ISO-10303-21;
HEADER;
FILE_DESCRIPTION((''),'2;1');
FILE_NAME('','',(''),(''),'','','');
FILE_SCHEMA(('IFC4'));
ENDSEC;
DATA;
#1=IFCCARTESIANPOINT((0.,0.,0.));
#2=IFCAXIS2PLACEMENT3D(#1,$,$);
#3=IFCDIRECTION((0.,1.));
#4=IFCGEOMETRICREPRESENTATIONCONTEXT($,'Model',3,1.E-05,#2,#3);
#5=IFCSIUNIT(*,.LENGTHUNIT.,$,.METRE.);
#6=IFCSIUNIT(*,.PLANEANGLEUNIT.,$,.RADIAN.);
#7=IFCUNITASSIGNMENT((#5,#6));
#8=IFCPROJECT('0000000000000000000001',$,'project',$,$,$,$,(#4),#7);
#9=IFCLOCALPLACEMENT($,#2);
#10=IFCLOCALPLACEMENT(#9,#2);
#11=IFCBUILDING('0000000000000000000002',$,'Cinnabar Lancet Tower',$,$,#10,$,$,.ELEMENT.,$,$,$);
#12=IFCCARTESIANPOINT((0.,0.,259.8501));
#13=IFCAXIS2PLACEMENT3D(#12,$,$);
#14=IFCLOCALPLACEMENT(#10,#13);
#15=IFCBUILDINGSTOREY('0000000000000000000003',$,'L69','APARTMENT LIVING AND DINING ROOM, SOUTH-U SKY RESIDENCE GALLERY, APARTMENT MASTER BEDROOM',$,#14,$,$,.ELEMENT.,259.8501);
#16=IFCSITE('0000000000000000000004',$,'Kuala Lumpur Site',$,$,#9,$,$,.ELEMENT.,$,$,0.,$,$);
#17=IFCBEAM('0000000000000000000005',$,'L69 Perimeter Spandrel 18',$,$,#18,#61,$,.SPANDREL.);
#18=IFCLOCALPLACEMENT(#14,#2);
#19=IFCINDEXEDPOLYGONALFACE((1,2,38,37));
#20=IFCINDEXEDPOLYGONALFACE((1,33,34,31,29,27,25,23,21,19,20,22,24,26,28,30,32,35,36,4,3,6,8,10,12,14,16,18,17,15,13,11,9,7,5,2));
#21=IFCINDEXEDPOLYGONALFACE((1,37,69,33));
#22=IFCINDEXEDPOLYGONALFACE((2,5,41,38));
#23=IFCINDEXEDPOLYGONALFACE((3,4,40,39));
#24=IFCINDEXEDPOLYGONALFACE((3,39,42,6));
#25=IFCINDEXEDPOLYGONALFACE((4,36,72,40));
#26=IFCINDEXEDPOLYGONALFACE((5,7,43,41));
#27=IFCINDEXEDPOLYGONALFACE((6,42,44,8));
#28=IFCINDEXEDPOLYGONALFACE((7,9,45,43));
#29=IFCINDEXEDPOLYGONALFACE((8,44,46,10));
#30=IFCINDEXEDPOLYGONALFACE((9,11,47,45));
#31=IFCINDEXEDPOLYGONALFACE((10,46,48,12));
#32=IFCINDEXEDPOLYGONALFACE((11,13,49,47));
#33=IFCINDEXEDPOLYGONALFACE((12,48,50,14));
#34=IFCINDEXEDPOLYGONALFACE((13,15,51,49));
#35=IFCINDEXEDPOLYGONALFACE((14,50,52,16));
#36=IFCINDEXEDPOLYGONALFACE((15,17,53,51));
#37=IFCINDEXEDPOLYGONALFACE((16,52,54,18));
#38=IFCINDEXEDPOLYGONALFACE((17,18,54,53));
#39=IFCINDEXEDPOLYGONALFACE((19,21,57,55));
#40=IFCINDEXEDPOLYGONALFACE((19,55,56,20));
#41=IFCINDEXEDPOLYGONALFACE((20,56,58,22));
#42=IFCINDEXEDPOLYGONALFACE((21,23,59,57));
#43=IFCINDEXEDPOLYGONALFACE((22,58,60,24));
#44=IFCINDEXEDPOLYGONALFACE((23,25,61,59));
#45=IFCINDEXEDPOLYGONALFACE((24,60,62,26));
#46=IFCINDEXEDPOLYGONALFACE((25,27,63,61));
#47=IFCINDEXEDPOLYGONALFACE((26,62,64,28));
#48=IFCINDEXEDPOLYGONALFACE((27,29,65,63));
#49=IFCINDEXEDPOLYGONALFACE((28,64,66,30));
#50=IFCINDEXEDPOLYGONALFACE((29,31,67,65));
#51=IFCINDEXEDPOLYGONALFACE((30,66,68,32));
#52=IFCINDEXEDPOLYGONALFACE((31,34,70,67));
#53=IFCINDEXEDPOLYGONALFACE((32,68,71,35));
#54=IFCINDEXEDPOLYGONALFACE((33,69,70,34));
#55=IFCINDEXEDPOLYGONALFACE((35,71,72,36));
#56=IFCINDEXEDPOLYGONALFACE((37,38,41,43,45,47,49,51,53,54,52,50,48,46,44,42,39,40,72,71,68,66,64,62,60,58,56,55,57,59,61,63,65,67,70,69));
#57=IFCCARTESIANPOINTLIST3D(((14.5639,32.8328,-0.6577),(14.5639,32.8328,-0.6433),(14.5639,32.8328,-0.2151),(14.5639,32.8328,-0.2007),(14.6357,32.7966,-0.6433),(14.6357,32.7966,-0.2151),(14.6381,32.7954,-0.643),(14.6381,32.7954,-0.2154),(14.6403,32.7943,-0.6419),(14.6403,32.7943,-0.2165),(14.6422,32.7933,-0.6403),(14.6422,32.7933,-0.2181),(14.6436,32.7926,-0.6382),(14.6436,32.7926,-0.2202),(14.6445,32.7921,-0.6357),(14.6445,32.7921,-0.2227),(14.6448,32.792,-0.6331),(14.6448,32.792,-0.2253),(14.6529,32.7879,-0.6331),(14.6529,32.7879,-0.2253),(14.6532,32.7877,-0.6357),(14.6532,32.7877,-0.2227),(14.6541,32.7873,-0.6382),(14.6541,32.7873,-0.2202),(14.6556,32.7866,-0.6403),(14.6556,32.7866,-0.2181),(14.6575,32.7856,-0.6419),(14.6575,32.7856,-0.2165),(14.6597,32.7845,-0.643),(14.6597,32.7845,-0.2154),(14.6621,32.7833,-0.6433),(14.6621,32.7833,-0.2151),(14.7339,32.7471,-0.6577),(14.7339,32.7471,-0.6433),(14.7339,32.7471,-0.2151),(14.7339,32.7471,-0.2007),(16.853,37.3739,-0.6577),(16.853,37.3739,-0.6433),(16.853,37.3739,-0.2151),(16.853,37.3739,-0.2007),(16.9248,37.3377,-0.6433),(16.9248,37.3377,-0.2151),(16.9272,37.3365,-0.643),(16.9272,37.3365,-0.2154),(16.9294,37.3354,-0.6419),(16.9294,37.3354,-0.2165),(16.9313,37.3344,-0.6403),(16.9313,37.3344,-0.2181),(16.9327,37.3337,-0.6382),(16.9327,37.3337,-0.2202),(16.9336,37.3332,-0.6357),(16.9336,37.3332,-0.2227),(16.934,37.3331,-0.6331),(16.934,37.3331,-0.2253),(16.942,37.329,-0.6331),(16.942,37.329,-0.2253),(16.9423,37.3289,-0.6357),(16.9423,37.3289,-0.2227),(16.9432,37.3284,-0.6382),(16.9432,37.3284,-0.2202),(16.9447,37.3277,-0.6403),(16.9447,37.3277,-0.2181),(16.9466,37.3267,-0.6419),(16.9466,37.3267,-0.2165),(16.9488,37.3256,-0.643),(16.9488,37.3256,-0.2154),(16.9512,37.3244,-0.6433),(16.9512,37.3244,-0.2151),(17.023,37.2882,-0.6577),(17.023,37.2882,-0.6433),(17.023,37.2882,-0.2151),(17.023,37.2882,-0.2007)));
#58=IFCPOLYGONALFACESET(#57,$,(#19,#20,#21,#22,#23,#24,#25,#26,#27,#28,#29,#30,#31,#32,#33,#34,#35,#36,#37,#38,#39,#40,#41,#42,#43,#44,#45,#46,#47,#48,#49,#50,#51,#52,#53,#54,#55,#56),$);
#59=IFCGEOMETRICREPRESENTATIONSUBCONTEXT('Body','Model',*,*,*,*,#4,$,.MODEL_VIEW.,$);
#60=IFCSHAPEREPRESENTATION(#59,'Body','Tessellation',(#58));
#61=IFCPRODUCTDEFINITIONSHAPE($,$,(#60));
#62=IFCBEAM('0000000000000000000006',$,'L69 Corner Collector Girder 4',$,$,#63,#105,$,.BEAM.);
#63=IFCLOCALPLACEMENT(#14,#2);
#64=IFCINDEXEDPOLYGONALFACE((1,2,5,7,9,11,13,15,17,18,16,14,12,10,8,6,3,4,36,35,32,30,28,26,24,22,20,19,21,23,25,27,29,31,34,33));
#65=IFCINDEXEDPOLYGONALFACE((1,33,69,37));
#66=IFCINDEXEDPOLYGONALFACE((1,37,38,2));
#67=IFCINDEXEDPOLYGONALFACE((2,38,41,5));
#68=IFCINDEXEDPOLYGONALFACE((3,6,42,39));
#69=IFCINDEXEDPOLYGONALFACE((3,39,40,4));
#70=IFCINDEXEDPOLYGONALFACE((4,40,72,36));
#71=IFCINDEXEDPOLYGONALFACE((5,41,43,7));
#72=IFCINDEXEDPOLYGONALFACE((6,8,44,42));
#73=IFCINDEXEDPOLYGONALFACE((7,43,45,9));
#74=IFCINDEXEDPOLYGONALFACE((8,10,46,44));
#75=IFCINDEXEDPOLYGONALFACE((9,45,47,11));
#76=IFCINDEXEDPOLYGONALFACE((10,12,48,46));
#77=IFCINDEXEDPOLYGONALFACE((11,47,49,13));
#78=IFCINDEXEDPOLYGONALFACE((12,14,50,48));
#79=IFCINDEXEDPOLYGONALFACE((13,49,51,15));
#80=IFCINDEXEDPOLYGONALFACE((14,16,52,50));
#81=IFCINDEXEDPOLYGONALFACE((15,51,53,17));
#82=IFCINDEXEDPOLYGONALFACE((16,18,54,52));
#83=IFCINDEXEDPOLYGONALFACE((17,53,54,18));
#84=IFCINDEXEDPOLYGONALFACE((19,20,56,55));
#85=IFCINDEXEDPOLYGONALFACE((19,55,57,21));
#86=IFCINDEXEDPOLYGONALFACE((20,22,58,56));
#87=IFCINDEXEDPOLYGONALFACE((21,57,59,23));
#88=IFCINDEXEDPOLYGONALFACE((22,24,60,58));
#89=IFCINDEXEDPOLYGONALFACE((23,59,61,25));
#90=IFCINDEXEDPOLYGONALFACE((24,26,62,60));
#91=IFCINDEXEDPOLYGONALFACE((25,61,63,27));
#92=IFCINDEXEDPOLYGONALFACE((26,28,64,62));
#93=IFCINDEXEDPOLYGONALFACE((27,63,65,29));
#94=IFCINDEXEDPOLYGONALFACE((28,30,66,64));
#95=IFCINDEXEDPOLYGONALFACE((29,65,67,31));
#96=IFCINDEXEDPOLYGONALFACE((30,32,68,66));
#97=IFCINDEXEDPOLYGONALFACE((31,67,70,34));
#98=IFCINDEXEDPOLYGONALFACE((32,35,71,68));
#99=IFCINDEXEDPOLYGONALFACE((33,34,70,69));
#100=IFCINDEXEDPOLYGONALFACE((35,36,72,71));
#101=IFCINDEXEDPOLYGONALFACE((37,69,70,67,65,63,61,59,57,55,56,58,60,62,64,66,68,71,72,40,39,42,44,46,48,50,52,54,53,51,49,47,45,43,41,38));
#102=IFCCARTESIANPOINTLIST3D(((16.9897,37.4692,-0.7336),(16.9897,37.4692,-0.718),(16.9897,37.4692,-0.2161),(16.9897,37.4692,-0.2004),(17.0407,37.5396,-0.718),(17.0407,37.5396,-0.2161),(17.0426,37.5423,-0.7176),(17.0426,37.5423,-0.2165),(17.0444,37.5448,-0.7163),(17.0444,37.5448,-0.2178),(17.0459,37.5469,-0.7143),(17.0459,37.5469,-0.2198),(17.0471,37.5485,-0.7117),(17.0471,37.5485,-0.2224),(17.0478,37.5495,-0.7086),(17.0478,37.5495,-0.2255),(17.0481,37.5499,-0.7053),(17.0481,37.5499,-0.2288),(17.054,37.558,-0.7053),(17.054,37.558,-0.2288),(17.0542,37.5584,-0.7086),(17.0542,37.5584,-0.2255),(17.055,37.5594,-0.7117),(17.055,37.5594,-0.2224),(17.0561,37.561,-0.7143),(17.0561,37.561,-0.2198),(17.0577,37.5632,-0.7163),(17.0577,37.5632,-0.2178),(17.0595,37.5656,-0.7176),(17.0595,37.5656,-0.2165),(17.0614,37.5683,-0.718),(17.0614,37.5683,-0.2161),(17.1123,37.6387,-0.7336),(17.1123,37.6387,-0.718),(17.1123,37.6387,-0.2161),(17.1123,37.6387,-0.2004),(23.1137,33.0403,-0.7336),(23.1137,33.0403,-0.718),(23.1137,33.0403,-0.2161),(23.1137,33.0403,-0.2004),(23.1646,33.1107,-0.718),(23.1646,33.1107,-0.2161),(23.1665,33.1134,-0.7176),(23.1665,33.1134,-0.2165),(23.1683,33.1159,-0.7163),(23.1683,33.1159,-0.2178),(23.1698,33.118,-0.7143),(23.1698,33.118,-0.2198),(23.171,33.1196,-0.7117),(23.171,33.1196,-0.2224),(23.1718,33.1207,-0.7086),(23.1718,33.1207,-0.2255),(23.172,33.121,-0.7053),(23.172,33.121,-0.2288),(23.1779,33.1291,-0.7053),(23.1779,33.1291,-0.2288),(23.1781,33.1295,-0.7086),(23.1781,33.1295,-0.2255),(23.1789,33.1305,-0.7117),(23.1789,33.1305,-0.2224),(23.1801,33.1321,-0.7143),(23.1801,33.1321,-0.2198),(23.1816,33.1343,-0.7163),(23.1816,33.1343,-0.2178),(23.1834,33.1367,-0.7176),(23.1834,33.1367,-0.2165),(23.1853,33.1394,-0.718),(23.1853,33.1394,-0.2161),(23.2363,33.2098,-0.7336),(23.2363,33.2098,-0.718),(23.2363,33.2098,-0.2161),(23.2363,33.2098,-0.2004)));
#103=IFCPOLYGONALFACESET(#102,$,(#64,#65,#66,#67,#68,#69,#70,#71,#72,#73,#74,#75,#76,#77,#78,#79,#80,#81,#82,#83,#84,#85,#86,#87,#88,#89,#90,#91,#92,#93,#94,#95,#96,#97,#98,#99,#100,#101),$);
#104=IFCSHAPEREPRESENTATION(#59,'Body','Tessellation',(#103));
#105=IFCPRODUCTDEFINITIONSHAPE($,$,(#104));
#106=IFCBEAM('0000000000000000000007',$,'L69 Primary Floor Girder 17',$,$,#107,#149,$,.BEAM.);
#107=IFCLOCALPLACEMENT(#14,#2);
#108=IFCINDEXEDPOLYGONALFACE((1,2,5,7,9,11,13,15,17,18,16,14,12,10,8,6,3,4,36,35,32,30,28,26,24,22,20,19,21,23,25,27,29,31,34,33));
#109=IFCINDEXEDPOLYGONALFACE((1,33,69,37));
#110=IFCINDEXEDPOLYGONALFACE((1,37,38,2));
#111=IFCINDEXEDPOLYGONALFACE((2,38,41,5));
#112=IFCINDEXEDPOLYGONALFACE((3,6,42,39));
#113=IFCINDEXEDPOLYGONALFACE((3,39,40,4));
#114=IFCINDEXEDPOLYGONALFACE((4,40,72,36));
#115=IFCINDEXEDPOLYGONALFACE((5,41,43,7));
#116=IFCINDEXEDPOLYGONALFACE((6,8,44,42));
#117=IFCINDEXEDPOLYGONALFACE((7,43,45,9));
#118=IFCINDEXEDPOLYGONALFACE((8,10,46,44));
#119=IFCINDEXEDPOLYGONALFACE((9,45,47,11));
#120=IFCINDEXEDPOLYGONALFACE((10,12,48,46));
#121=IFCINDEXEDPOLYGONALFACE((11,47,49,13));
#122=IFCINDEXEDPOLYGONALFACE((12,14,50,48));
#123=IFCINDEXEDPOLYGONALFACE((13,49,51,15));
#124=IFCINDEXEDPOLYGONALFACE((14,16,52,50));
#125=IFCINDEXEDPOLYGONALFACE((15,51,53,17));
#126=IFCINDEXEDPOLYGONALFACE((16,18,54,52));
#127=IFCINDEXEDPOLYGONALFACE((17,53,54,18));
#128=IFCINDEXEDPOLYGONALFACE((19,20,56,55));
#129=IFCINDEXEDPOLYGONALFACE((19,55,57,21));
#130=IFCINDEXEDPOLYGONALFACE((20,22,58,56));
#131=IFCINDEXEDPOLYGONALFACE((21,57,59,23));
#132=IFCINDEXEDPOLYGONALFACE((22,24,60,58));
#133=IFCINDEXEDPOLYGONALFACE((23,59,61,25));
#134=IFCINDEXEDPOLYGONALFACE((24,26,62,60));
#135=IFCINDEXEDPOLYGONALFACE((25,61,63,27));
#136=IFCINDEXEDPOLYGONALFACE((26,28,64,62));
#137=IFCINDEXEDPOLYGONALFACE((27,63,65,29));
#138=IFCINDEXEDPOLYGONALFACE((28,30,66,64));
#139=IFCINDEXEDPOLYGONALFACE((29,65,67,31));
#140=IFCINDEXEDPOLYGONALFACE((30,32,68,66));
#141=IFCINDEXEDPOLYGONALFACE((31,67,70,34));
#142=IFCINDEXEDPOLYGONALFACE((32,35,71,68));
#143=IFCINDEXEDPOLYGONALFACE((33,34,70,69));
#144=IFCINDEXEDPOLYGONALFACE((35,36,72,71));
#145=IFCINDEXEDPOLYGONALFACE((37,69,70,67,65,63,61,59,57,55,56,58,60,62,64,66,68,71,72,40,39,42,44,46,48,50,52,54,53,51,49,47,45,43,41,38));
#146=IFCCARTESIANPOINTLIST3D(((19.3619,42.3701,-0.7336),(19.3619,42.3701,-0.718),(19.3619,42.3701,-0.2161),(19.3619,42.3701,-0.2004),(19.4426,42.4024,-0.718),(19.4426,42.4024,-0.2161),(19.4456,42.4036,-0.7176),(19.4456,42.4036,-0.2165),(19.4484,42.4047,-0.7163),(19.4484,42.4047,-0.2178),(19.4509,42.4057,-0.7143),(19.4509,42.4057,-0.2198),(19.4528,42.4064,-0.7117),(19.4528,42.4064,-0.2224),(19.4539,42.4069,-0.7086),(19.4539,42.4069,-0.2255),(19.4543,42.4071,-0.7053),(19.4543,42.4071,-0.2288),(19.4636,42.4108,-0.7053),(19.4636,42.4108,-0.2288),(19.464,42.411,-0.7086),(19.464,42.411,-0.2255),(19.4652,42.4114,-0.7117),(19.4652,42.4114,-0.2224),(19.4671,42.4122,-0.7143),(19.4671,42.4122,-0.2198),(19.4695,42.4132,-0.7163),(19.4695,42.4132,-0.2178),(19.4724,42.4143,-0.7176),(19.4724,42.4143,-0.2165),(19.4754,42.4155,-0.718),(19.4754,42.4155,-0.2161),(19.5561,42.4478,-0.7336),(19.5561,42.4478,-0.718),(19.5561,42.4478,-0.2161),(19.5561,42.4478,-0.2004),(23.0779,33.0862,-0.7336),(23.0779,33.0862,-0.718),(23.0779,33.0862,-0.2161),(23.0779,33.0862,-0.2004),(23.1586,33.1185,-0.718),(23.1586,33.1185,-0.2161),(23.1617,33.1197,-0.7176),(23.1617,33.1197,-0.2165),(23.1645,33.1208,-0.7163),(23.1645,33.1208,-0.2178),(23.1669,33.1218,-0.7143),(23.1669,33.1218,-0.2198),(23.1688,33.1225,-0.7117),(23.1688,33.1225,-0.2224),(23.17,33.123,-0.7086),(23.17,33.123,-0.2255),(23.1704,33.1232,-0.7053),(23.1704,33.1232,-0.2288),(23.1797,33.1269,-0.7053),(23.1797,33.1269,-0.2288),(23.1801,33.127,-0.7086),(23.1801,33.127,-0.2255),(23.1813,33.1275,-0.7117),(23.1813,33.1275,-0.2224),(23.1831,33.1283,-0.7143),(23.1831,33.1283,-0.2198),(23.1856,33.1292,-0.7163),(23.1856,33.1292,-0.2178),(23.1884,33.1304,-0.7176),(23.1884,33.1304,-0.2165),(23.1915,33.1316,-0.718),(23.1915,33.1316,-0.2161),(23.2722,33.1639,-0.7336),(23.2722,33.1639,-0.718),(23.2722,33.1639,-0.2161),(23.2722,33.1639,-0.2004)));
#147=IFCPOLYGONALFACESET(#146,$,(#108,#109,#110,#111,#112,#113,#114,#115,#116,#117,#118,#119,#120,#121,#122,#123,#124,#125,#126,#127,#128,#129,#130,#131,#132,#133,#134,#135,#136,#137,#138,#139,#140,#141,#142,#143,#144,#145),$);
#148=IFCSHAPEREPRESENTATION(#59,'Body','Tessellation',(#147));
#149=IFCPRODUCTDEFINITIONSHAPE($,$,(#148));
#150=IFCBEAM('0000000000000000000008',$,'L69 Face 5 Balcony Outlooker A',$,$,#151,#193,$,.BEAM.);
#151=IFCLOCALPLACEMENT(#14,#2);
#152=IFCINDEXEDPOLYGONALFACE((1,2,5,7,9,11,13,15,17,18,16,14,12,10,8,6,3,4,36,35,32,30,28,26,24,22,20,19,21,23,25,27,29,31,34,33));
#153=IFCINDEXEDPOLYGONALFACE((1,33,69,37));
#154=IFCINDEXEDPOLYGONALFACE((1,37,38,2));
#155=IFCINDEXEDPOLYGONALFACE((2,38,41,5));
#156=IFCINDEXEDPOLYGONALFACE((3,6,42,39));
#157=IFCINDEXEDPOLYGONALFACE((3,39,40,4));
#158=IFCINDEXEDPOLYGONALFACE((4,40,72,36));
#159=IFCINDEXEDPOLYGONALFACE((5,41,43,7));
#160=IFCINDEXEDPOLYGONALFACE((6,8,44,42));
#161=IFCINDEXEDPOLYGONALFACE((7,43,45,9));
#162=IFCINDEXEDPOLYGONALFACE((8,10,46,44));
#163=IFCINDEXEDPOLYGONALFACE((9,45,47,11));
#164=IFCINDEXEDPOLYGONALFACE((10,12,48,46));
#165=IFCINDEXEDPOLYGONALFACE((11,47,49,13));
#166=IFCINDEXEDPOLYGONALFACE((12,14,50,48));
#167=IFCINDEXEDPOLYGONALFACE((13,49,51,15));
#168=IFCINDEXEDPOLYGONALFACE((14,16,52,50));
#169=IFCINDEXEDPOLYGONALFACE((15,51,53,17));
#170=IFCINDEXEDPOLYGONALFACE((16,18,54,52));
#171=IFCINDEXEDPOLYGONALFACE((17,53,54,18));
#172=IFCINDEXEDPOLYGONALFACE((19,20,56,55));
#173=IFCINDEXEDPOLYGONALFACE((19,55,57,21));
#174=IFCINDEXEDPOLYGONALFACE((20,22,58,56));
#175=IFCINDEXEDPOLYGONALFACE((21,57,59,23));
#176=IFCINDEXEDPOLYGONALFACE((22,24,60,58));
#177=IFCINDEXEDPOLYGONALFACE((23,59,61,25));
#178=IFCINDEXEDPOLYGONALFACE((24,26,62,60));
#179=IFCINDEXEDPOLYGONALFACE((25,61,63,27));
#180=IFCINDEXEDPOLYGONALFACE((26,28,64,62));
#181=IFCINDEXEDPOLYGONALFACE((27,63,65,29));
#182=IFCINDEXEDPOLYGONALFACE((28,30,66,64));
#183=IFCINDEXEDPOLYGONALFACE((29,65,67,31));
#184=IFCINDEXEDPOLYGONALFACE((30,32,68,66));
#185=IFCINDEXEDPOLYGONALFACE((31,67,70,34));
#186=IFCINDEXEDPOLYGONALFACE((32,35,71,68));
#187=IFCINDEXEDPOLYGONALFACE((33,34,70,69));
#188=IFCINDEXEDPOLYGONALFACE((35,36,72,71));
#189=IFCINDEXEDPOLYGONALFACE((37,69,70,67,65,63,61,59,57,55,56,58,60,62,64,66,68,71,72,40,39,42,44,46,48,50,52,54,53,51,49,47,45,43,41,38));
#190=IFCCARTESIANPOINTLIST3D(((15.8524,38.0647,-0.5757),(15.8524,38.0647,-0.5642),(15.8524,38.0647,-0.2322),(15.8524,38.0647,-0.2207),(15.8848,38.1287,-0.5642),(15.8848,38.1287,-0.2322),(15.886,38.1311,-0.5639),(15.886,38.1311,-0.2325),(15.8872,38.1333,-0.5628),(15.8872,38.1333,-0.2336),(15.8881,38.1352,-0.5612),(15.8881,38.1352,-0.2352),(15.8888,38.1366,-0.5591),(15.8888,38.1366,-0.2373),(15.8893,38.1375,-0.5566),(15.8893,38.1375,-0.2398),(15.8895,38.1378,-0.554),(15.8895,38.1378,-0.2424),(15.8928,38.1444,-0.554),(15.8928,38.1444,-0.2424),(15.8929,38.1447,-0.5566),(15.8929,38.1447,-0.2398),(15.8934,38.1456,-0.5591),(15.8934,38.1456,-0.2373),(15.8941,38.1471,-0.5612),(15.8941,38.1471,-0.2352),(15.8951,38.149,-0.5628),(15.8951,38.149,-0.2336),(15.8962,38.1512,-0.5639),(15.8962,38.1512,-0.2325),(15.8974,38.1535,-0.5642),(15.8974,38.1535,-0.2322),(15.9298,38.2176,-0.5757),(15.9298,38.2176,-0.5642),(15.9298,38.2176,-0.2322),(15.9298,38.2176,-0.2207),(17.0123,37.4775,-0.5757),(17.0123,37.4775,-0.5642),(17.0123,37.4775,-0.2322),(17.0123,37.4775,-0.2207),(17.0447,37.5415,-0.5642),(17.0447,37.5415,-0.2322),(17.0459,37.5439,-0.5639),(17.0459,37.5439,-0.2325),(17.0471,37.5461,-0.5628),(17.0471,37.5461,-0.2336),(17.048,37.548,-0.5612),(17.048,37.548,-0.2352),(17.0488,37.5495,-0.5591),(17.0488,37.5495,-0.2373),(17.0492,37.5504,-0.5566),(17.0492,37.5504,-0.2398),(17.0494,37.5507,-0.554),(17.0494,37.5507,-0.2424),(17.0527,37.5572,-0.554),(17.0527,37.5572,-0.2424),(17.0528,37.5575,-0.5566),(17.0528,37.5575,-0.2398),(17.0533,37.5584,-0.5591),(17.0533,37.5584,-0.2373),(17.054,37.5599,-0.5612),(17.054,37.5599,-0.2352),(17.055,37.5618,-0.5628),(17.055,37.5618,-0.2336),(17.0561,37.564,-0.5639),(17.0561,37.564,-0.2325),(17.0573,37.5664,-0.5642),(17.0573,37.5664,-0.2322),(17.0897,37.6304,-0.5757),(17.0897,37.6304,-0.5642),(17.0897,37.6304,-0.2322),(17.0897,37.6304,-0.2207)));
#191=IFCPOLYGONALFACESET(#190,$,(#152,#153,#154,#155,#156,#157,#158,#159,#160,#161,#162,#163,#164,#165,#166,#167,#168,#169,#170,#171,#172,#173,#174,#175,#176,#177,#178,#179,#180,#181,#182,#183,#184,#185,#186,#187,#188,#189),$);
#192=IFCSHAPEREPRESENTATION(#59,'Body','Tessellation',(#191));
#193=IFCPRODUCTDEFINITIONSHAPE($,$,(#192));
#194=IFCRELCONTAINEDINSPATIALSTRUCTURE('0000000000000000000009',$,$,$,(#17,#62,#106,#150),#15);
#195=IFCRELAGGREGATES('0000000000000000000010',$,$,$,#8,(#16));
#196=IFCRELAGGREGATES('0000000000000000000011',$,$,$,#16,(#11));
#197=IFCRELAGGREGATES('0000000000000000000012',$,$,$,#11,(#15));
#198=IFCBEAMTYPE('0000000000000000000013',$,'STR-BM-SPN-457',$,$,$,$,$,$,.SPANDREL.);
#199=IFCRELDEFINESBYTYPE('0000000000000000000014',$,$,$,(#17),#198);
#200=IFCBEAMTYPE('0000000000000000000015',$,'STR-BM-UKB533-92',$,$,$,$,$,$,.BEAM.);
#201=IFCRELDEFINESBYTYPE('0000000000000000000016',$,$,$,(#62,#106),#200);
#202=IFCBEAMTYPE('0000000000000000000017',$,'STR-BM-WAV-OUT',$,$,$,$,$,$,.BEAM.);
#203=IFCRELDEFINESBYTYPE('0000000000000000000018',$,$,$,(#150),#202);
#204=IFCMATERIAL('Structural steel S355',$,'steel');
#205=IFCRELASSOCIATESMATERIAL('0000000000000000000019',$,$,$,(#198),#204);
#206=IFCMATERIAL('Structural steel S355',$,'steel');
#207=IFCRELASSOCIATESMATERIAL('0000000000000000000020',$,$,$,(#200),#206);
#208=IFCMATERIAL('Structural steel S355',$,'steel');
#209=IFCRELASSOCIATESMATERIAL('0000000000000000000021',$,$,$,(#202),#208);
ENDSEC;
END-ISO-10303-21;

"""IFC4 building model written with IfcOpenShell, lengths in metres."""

from ifc_helpers import new_model, si_unit, direction, frame, origin, origin_2d, place, context, subcontext, project, spatial, i_section, extrude, material, material_profile, profile_set, type_object, element, save


model = new_model("IFC4")

# Units and contexts
model_context = context("Model", 3, precision=1e-05, world=origin(), true_north=direction((0.0, 1.0)))
body_context = subcontext(model_context, "Body", "Model", "MODEL_VIEW")
ifc_project = project(units=[si_unit("LENGTHUNIT", "METRE"), si_unit("PLANEANGLEUNIT", "RADIAN")], contexts=[model_context])

# Site, building, storey
site_placement = place(None, origin())
site = spatial("IfcSite", under=ifc_project, at=site_placement, Name="Kuala Lumpur Site", CompositionType="ELEMENT", RefElevation=0.0)
building_placement = place(site_placement, origin())
building = spatial("IfcBuilding", under=site, at=building_placement, Name="Cinnabar Lancet Tower", CompositionType="ELEMENT")
storey_placement = place(building_placement, frame((0.0, 0.0, 259.8501)))
storey = spatial("IfcBuildingStorey", under=building, at=storey_placement, Name="L69", Description="APARTMENT LIVING AND DINING ROOM, SOUTH-U SKY RESIDENCE GALLERY, APARTMENT MASTER BEDROOM", CompositionType="ELEMENT", Elevation=259.8501)

# Beams
ifc_material_1 = material(Name="Structural steel S355", Category="steel")
ifc_material_profile_1 = material_profile(ifc_material_1, i_section(OverallWidth=0.1904, OverallDepth=0.457, WebThickness=0.009, FlangeThickness=0.0144, FilletRadius=0.0103, at=origin_2d()), Name="UKB 457x191x74")
ifc_profile_set_1 = profile_set([ifc_material_profile_1], Name="Structural steel S355")
beam_type_1 = type_object("IfcBeamType", Name="STR-BM-SPN-457", PredefinedType="SPANDREL", material=ifc_profile_set_1)
beam_1_placement = place(storey_placement, frame((16.938, 37.3311, -0.4292), z_axis=(-0.45013, -0.892963, 0.0), x_axis=(0.892963, -0.45013, 0.0)))
element("IfcBeam", 1, at=beam_1_placement, inside=storey, type_object=beam_type_1, Name="L69 Perimeter Spandrel 18", PredefinedType="SPANDREL", context=body_context, shape_type="SweptSolid", body=[
    extrude(i_section(OverallWidth=0.1904, OverallDepth=0.457, WebThickness=0.009, FlangeThickness=0.0144, FilletRadius=0.0103, at=origin_2d()), origin(), (0.0, 0.0, 1.0), 5.0854),
])
ifc_material_2 = material(Name="Structural steel S355", Category="steel")
ifc_material_profile_2 = material_profile(ifc_material_2, i_section(OverallWidth=0.2092, OverallDepth=0.5332, WebThickness=0.01, FlangeThickness=0.0156, FilletRadius=0.0127, at=origin_2d()), Name="UKB 533x210x92")
ifc_profile_set_2 = profile_set([ifc_material_profile_2], Name="Structural steel S355")
beam_type_2 = type_object("IfcBeamType", Name="STR-BM-UKB533-92", PredefinedType="BEAM", material=ifc_profile_set_2)
beam_2_placement = place(storey_placement, frame((17.051, 37.554, -0.467), z_axis=(0.810299, -0.586016, 0.0), x_axis=(0.586016, 0.810299, 0.0)))
element("IfcBeam", 2, at=beam_2_placement, inside=storey, type_object=beam_type_2, Name="L69 Corner Collector Girder 4", PredefinedType="BEAM", context=body_context, shape_type="SweptSolid", body=[
    extrude(i_section(OverallWidth=0.2092, OverallDepth=0.5332, WebThickness=0.01, FlangeThickness=0.0156, FilletRadius=0.0127, at=origin_2d()), origin(), (0.0, 0.0, 1.0), 7.5576),
])
beam_3_placement = place(storey_placement, frame((19.459, 42.4089, -0.467), z_axis=(0.371605, -0.928391, 0.0), x_axis=(0.928391, 0.371605, 0.0)))
element("IfcBeam", 3, at=beam_3_placement, inside=storey, type_object=beam_type_2, Name="L69 Primary Floor Girder 17", PredefinedType="BEAM", context=body_context, shape_type="SweptSolid", body=[
    extrude(i_section(OverallWidth=0.2092, OverallDepth=0.5332, WebThickness=0.01, FlangeThickness=0.0156, FilletRadius=0.0127, at=origin_2d()), origin(), (0.0, 0.0, 1.0), 10.0),
])
ifc_material_3 = material(Name="Structural steel S355", Category="steel")
ifc_material_profile_3 = material_profile(ifc_material_3, i_section(OverallWidth=0.1714, OverallDepth=0.355, WebThickness=0.0073, FlangeThickness=0.0115, FilletRadius=0.0103, at=origin_2d()), Name="UKB 356x171x51")
ifc_profile_set_3 = profile_set([ifc_material_profile_3], Name="Structural steel S355")
beam_type_3 = type_object("IfcBeamType", Name="STR-BM-WAV-OUT", PredefinedType="BEAM", material=ifc_profile_set_3)
beam_4_placement = place(storey_placement, frame((17.051, 37.554, -0.3982), z_axis=(-0.8922, 0.45164, 0.0), x_axis=(-0.45164, -0.8922, 0.0)))
element("IfcBeam", 4, at=beam_4_placement, inside=storey, type_object=beam_type_3, Name="L69 Face 5 Balcony Outlooker A", PredefinedType="BEAM", context=body_context, shape_type="SweptSolid", body=[
    extrude(i_section(OverallWidth=0.1714, OverallDepth=0.355, WebThickness=0.0073, FlangeThickness=0.0115, FilletRadius=0.0103, at=origin_2d()), origin(), (0.0, 0.0, 1.0), 1.3),
])

save(model, "model.ifc")
